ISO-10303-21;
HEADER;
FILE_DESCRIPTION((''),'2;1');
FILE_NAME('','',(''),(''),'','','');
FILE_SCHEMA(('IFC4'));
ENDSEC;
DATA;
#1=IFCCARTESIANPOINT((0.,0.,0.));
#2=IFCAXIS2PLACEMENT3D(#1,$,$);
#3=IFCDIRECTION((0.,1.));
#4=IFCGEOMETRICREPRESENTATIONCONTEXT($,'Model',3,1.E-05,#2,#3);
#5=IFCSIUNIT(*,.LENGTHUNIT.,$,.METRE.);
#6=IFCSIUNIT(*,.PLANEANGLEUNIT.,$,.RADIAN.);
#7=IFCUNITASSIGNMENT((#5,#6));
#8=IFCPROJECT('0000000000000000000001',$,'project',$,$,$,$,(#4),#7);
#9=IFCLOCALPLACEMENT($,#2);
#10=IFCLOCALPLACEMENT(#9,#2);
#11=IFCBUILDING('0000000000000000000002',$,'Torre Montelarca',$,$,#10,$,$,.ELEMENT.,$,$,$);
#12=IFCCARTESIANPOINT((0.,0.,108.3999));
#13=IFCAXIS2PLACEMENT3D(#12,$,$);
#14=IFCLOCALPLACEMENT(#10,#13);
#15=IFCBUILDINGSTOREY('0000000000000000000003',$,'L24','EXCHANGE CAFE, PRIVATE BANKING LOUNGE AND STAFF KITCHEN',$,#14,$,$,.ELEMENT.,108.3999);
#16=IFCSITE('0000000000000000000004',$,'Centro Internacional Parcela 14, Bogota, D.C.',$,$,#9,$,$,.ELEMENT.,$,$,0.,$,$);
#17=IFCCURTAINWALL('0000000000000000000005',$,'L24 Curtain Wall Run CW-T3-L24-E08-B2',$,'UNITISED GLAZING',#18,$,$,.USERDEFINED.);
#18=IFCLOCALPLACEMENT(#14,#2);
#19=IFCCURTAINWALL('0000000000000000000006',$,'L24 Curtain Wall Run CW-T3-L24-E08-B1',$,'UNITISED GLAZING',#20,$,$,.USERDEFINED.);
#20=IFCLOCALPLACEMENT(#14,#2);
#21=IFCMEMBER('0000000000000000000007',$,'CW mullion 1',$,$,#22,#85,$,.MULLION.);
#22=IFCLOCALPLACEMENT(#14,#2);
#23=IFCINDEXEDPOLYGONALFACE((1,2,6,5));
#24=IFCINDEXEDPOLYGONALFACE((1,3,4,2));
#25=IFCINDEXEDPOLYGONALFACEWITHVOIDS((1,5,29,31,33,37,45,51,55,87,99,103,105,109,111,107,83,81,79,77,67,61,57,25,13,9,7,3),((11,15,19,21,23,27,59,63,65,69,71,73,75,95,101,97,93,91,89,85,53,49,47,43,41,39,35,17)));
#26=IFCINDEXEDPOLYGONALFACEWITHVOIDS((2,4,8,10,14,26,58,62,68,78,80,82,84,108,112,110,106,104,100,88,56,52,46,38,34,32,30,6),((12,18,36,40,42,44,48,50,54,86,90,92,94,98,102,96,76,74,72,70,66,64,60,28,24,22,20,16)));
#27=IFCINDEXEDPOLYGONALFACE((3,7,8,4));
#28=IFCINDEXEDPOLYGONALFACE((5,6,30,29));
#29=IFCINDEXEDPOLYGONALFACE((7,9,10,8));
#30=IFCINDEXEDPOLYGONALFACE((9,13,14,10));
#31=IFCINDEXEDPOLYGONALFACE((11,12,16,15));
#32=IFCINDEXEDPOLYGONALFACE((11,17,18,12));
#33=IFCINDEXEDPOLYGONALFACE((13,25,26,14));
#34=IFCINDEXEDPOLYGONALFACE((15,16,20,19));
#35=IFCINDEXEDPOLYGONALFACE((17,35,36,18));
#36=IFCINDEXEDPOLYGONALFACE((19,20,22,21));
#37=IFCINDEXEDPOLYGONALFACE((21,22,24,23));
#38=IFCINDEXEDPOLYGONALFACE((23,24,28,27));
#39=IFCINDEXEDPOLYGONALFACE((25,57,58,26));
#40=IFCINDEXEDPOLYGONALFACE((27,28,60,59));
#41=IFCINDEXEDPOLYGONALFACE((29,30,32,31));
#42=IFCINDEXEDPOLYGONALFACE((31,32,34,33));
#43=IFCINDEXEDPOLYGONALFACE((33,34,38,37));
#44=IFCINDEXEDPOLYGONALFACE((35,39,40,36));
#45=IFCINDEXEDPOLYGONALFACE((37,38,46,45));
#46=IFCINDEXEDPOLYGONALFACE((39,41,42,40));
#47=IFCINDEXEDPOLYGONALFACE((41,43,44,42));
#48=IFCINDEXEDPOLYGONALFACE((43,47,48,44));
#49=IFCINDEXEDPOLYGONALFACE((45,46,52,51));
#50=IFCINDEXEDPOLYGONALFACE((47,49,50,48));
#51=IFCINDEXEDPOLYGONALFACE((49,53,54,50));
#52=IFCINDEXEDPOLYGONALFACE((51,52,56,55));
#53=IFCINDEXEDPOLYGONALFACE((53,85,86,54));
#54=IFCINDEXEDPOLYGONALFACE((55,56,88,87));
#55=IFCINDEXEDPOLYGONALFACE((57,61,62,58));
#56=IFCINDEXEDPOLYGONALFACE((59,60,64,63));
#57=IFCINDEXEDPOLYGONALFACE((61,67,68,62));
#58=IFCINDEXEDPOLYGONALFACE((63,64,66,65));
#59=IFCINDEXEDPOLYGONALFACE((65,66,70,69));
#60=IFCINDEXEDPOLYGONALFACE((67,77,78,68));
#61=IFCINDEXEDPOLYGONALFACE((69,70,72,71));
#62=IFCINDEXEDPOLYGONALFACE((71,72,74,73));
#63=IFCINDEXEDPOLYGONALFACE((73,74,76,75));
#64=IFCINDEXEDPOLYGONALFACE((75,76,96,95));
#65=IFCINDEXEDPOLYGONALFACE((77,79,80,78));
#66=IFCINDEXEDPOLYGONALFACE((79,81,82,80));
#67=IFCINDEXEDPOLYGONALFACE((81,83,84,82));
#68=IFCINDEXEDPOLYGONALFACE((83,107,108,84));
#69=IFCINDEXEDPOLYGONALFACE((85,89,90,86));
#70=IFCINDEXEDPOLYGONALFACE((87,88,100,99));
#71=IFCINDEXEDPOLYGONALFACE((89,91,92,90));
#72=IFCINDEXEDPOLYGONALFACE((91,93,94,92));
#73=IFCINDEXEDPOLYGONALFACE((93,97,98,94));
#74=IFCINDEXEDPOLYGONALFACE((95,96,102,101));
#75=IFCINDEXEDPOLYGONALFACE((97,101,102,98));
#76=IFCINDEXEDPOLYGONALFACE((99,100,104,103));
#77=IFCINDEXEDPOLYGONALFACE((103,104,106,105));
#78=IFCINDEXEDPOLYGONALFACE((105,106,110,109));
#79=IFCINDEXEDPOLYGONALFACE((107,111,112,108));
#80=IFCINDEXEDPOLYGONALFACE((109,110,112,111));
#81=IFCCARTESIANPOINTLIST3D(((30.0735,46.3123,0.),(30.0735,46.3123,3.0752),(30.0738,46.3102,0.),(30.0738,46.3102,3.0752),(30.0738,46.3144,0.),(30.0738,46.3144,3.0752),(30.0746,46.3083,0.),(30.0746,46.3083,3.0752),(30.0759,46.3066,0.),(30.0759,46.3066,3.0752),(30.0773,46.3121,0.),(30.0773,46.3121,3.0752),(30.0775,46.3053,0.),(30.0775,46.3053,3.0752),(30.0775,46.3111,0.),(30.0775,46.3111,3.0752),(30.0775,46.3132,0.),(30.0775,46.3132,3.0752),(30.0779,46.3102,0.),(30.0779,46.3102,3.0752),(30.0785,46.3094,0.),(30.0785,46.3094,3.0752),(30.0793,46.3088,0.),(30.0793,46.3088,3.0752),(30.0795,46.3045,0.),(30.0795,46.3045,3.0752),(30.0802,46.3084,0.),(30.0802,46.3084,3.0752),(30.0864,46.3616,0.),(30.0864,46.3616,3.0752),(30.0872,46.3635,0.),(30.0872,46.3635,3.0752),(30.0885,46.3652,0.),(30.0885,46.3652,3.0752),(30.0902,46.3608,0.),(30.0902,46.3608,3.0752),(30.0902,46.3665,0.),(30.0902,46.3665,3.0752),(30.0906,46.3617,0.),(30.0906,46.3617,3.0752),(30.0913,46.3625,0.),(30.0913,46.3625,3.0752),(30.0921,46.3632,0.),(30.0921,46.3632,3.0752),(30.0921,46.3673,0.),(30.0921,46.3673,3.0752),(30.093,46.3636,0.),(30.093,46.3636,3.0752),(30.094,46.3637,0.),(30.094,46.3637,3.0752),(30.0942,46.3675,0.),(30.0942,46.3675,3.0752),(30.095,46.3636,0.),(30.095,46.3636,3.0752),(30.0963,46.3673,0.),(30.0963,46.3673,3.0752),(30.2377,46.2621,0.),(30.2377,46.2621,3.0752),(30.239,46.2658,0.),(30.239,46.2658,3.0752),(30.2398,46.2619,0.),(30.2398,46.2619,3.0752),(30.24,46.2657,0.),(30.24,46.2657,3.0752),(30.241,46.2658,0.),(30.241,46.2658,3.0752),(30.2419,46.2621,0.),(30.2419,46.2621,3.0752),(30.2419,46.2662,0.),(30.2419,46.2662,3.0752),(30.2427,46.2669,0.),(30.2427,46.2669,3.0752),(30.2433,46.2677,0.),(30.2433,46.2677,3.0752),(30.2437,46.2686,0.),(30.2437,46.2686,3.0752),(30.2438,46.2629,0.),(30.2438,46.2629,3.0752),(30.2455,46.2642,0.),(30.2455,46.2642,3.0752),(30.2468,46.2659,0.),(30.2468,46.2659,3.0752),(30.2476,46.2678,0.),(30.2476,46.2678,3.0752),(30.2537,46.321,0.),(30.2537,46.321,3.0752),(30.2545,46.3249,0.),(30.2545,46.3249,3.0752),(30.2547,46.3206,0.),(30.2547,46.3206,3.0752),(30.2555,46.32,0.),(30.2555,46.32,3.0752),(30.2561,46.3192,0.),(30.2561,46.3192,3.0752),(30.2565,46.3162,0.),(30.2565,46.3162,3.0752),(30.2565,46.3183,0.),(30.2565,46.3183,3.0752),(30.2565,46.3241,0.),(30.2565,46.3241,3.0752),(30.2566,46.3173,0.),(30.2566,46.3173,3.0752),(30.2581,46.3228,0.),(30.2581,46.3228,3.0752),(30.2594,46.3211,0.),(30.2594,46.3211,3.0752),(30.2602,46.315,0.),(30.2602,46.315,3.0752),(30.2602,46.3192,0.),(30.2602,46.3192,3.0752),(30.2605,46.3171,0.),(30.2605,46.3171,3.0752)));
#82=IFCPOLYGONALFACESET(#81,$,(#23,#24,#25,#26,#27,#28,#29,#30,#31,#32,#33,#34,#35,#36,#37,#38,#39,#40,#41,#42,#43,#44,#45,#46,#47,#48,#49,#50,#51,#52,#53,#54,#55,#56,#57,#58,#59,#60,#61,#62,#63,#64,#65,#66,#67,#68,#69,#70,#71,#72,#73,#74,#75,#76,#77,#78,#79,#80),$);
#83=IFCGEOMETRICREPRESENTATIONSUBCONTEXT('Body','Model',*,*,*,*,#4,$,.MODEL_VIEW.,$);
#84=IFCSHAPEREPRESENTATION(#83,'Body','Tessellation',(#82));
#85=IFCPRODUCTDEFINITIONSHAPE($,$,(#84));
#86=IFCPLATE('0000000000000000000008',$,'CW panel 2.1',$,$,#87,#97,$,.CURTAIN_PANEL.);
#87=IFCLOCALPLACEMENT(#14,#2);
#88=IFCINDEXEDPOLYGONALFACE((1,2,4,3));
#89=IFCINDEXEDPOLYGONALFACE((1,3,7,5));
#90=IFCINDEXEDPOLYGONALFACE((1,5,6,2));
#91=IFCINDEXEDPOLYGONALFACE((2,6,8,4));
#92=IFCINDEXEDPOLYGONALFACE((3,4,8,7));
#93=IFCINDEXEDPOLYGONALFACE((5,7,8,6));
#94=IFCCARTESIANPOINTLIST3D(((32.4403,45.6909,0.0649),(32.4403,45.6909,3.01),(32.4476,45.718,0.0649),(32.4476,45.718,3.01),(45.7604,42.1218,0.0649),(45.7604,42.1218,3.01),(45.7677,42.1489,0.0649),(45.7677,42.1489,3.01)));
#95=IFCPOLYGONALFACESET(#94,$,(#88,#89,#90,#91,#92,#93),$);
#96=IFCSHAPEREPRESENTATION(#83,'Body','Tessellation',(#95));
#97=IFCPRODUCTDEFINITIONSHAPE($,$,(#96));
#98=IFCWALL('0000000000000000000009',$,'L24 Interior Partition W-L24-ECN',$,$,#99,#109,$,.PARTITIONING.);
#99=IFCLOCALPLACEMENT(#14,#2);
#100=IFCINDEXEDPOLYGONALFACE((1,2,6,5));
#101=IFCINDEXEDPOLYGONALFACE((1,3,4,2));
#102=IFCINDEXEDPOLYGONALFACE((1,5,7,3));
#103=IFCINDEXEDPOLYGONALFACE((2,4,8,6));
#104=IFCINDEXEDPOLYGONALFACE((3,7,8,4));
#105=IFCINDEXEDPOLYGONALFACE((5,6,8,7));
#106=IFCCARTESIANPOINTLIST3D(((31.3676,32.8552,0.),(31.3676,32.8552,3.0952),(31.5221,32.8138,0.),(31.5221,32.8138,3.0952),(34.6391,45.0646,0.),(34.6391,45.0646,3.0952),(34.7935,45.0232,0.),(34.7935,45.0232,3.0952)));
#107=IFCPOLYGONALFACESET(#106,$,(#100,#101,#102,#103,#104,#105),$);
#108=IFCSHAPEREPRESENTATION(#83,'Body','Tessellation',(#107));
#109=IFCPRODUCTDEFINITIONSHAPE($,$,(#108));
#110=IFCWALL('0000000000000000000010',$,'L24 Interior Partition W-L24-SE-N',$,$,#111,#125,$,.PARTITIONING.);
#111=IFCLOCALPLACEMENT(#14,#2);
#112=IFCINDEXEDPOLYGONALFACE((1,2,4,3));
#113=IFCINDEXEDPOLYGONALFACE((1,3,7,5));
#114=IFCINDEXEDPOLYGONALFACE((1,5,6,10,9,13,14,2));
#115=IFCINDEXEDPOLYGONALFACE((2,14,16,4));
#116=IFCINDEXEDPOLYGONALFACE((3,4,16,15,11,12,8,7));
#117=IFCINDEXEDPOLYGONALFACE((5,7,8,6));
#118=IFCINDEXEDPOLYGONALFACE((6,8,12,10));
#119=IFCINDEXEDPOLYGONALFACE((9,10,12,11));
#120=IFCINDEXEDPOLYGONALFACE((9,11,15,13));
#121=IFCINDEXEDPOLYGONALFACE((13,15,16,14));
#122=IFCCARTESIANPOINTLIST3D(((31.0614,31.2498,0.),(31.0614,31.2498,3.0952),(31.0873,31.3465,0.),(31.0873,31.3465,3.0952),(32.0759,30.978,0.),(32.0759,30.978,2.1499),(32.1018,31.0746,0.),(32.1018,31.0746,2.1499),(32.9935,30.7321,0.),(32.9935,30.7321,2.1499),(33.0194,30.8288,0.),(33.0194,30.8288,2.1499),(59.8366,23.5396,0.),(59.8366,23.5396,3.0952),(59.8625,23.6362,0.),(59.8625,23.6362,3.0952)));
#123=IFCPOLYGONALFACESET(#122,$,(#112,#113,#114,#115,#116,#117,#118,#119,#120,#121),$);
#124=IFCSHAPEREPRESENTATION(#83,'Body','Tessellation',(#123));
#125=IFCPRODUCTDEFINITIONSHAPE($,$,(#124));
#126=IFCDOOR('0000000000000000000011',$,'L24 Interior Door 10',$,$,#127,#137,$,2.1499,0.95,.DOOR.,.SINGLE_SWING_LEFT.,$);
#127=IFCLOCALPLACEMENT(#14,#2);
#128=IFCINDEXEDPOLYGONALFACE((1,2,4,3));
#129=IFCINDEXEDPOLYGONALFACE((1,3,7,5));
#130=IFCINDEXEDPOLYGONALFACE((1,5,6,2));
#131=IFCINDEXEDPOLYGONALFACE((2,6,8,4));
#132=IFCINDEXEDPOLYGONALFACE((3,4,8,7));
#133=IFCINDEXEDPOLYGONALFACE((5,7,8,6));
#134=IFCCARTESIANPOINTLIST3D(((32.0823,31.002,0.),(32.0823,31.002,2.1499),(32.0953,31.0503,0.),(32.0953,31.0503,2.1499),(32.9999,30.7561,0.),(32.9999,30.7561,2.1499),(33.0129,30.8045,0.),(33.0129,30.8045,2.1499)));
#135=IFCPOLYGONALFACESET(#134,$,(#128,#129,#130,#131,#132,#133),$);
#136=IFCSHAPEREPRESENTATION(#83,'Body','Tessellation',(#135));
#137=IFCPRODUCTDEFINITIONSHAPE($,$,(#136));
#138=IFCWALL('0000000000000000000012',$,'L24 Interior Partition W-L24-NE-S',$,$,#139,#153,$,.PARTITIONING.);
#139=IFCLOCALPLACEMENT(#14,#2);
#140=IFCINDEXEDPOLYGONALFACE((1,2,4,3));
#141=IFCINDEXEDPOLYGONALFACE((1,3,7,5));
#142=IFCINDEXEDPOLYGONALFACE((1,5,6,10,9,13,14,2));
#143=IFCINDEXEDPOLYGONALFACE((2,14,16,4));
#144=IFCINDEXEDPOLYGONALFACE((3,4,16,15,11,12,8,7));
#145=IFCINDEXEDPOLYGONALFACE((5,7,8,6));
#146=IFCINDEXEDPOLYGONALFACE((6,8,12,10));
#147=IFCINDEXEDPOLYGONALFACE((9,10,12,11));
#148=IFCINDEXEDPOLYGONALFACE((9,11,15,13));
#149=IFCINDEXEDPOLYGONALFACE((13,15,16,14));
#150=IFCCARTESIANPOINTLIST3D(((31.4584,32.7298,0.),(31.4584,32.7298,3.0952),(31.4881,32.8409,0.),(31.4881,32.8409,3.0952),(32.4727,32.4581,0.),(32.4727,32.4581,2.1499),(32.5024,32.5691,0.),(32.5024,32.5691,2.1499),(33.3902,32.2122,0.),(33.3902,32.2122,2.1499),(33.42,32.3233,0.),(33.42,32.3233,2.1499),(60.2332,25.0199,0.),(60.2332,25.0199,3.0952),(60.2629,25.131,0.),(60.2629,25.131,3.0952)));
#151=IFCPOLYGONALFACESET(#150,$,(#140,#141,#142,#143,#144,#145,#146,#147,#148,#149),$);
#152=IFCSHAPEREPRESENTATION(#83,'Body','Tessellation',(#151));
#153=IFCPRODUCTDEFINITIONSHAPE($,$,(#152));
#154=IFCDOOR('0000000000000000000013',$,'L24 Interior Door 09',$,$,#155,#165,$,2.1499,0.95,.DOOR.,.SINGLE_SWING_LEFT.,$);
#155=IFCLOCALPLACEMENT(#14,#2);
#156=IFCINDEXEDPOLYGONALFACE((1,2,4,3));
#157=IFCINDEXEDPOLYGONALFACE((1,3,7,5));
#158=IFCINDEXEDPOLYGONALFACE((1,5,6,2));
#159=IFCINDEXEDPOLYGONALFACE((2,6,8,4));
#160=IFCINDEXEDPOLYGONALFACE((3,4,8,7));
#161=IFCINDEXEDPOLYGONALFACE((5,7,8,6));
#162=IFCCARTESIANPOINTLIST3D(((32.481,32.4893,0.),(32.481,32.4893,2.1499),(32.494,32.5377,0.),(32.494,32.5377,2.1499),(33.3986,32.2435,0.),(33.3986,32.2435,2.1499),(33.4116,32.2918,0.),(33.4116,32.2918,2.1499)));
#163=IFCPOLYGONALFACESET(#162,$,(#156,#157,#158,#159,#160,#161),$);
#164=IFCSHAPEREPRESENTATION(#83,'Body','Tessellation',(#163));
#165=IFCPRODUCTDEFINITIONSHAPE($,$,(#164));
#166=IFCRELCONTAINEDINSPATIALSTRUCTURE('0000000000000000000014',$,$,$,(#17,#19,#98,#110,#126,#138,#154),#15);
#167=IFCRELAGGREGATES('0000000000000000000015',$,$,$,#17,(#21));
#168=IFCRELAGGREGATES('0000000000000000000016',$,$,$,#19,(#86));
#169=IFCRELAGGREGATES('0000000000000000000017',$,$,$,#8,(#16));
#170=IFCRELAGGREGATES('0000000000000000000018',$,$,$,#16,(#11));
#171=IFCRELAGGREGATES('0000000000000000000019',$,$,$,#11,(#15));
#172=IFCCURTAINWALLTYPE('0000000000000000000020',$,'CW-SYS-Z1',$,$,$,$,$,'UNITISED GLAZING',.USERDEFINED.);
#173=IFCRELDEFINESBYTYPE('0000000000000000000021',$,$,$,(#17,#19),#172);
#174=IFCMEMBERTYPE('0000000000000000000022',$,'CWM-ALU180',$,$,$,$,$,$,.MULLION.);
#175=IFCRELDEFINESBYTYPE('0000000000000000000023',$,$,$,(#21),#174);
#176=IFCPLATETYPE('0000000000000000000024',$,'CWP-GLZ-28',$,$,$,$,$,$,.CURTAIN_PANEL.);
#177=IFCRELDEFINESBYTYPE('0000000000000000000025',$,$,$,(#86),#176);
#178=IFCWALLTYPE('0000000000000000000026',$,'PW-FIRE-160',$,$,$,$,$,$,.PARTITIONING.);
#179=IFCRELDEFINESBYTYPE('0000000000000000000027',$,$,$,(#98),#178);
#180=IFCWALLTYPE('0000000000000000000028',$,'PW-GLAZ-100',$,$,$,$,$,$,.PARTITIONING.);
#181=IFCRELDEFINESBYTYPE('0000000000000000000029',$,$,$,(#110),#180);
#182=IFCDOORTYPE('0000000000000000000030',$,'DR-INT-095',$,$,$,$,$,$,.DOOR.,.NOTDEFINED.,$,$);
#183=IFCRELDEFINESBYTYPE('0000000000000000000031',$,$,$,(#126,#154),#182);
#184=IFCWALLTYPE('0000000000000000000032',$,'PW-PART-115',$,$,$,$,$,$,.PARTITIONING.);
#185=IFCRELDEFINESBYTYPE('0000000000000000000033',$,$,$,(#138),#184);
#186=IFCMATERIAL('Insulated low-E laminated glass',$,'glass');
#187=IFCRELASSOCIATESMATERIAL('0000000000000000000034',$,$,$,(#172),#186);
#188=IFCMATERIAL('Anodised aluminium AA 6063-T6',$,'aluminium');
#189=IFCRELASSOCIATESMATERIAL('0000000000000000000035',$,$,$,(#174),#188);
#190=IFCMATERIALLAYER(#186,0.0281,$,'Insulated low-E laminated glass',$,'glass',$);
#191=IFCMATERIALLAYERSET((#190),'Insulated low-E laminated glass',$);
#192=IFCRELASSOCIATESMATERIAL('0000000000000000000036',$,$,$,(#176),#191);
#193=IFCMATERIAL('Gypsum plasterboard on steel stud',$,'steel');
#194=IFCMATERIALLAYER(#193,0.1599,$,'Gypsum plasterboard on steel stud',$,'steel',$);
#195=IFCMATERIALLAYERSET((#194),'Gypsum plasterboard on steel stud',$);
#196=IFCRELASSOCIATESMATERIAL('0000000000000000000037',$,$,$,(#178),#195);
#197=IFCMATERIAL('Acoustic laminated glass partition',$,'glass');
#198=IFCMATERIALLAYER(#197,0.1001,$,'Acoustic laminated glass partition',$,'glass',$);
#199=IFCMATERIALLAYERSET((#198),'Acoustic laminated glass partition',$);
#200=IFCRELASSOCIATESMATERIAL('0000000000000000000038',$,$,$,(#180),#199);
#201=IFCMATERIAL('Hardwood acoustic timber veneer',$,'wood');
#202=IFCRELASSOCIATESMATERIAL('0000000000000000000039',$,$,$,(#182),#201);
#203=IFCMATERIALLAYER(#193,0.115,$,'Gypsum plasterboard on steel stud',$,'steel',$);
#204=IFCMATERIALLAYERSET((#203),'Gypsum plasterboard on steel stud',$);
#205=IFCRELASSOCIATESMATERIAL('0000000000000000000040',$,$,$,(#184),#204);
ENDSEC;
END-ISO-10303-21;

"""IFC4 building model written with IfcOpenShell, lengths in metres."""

from ifc_helpers import new_model, si_unit, direction, frame, frame_2d, origin, origin_2d, place, context, subcontext, project, spatial, rectangle, hollow_rectangle, extrude, source, transform, mapped, material, layer, layer_set, material_profile, profile_set, type_object, element, fill, aggregate, save


model = new_model("IFC4")

# Units and contexts
model_context = context("Model", 3, precision=1e-05, world=origin(), true_north=direction((0.0, 1.0)))
body_context = subcontext(model_context, "Body", "Model", "MODEL_VIEW")
ifc_project = project(units=[si_unit("LENGTHUNIT", "METRE"), si_unit("PLANEANGLEUNIT", "RADIAN")], contexts=[model_context])

# Site, building, storey
site_placement = place(None, origin())
site = spatial("IfcSite", under=ifc_project, at=site_placement, Name="Centro Internacional Parcela 14, Bogota, D.C.", CompositionType="ELEMENT", RefElevation=0.0)
building_placement = place(site_placement, origin())
building = spatial("IfcBuilding", under=site, at=building_placement, Name="Torre Montelarca", CompositionType="ELEMENT")
storey_placement = place(building_placement, frame((0.0, 0.0, 108.3999)))
storey = spatial("IfcBuildingStorey", under=building, at=storey_placement, Name="L24", Description="EXCHANGE CAFE, PRIVATE BANKING LOUNGE AND STAFF KITCHEN", CompositionType="ELEMENT", Elevation=108.3999)

# Curtain wall
ifc_material_1 = material(Name="Insulated low-E laminated glass", Category="glass")
curtain_wall_type = type_object("IfcCurtainWallType", Name="CW-SYS-Z1", ElementType="UNITISED GLAZING", PredefinedType="USERDEFINED", material=ifc_material_1)
curtain_wall_1_placement = place(storey_placement, origin())
curtain_wall_1 = element("IfcCurtainWall", 1, at=curtain_wall_1_placement, inside=storey, type_object=curtain_wall_type, Name="L24 Curtain Wall Run CW-T3-L24-E08-B2", ObjectType="UNITISED GLAZING", PredefinedType="USERDEFINED")
ifc_material_2 = material(Name="Anodised aluminium AA 6063-T6", Category="aluminium")

# Curtain wall
curtain_wall_2_placement = place(storey_placement, origin())
curtain_wall_2 = element("IfcCurtainWall", 2, at=curtain_wall_2_placement, inside=storey, type_object=curtain_wall_type, Name="L24 Curtain Wall Run CW-T3-L24-E08-B1", ObjectType="UNITISED GLAZING", PredefinedType="USERDEFINED")
ifc_material_profile_1 = material_profile(ifc_material_2, hollow_rectangle(XDim=0.0649, YDim=0.1799, WallThickness=0.0039, InnerFilletRadius=0.0039, OuterFilletRadius=0.0081, at=origin_2d()), Name="ALU65X180X4", Category="aluminium")
ifc_profile_set_1 = profile_set([ifc_material_profile_1], Name="Anodised aluminium AA 6063-T6")
member_type_1 = type_object("IfcMemberType", Name="CWM-ALU180", PredefinedType="MULLION", material=ifc_profile_set_1)
shared_shape_1 = source(origin(), body_context, "Body", "SweptSolid", [
    extrude(hollow_rectangle(XDim=0.0649, YDim=0.1799, WallThickness=0.0039, InnerFilletRadius=0.0039, OuterFilletRadius=0.0081, at=origin_2d()), origin(), (0.0, 0.0, 1.0), 3.0752),
])

# Member
member_1_placement = place(storey_placement, frame((30.167, 46.3147, 0.0), z_axis=(0.0, 0.0, 1.0), x_axis=(-0.258827, -0.965924, 0.0)))
member_1 = element("IfcMember", 3, at=member_1_placement, type_object=member_type_1, Name="CW mullion 1", PredefinedType="MULLION", context=body_context, shape_type="MappedRepresentation", body=[
    mapped(shared_shape_1, transform((0.0, 0.0, 0.0), scale=1.0)),
])
aggregate(curtain_wall_1, [member_1])

# Plate
ifc_layer_1 = layer(ifc_material_1, 0.0281, Name="Insulated low-E laminated glass", Category="glass")
ifc_layer_set_1 = layer_set([ifc_layer_1], Name="Insulated low-E laminated glass")
plate_type = type_object("IfcPlateType", Name="CWP-GLZ-28", PredefinedType="CURTAIN_PANEL", material=ifc_layer_set_1)
shared_shape_2 = source(origin(), body_context, "Body", "SweptSolid", [
    extrude(rectangle(XDim=13.79, YDim=0.0281, at=origin_2d()), origin(), (0.0, 0.0, 1.0), 2.9451),
])
plate_placement = place(storey_placement, frame((39.104, 43.9199, 0.0649), z_axis=(0.0, 0.0, 1.0), x_axis=(-0.965926, 0.25882, 0.0)))
plate = element("IfcPlate", 4, at=plate_placement, type_object=plate_type, Name="CW panel 2.1", PredefinedType="CURTAIN_PANEL", context=body_context, shape_type="MappedRepresentation", body=[
    mapped(shared_shape_2, transform((0.0, 0.0, 0.0), scale=1.0)),
])
aggregate(curtain_wall_2, [plate])

# Wall
ifc_material_3 = material(Name="Gypsum plasterboard on steel stud", Category="steel")
ifc_layer_2 = layer(ifc_material_3, 0.1599, Name="Gypsum plasterboard on steel stud", Category="steel")
ifc_layer_set_2 = layer_set([ifc_layer_2], Name="Gypsum plasterboard on steel stud")
wall_type_1 = type_object("IfcWallType", Name="PW-FIRE-160", PredefinedType="PARTITIONING", material=ifc_layer_set_2)
wall_1_placement = place(storey_placement, frame((31.4448, 32.8345, 0.0), z_axis=(0.0, 0.0, 1.0), x_axis=(0.258817, 0.965926, 0.0)))
element("IfcWall", 5, at=wall_1_placement, inside=storey, type_object=wall_type_1, Name="L24 Interior Partition W-L24-ECN", PredefinedType="PARTITIONING", context=body_context, shape_type="SweptSolid", body=[
    extrude(rectangle(XDim=12.6401, YDim=0.1599, at=frame_2d((6.3201, 0.0))), origin(), (0.0, 0.0, 1.0), 3.0952),
])

# Walls, openings, doors
ifc_material_4 = material(Name="Acoustic laminated glass partition", Category="glass")
ifc_layer_3 = layer(ifc_material_4, 0.1001, Name="Acoustic laminated glass partition", Category="glass")
ifc_layer_set_3 = layer_set([ifc_layer_3], Name="Acoustic laminated glass partition")
wall_type_2 = type_object("IfcWallType", Name="PW-GLAZ-100", PredefinedType="PARTITIONING", material=ifc_layer_set_3)
wall_2_placement = place(storey_placement, frame((31.0745, 31.2981, 0.0), z_axis=(0.0, 0.0, 1.0), x_axis=(0.965926, -0.258817, 0.0)))
wall_2 = element("IfcWall", 6, at=wall_2_placement, inside=storey, type_object=wall_type_2, Name="L24 Interior Partition W-L24-SE-N", PredefinedType="PARTITIONING", context=body_context, shape_type="SweptSolid", body=[
    extrude(rectangle(XDim=29.7903, YDim=0.1001, at=frame_2d((14.895, 0.0))), origin(), (0.0, 0.0, 1.0), 3.0952),
])
opening_1_placement = place(wall_2_placement, frame((1.05, 0.0, 0.0)))
opening_1 = element("IfcOpeningElement", 7, at=opening_1_placement, cuts=wall_2, PredefinedType="OPENING", context=body_context, shape_type="SweptSolid", body=[
    extrude(rectangle(XDim=0.95, YDim=2.1499, at=frame_2d((0.4751, 1.075))), frame((0.0, 0.0601, 0.0), z_axis=(0.0, -1.0, 0.0), x_axis=(1.0, 0.0, 0.0)), (0.0, 0.0, 1.0), 0.1201),
])
ifc_material_5 = material(Name="Hardwood acoustic timber veneer", Category="wood")
door_type = type_object("IfcDoorType", Name="DR-INT-095", OperationType="NOTDEFINED", PredefinedType="DOOR", material=ifc_material_5)
shared_shape_3 = source(origin(), body_context, "Body", "SweptSolid", [
    extrude(rectangle(XDim=0.95, YDim=2.1499, at=frame_2d((0.4751, 1.075))), frame((0.0, 0.0249, 0.0), z_axis=(0.0, -1.0, 0.0), x_axis=(1.0, 0.0, 0.0)), (0.0, 0.0, 1.0), 0.05),
])
door_1_placement = place(opening_1_placement, origin())
door_1 = element("IfcDoor", 8, at=door_1_placement, inside=storey, type_object=door_type, Name="L24 Interior Door 10", OperationType="SINGLE_SWING_LEFT", OverallHeight=2.1499, OverallWidth=0.95, PredefinedType="DOOR", context=body_context, shape_type="MappedRepresentation", body=[
    mapped(shared_shape_3, transform((0.0, 0.0, 0.0), scale=1.0)),
])
fill(opening_1, door_1)
ifc_layer_4 = layer(ifc_material_3, 0.115, Name="Gypsum plasterboard on steel stud", Category="steel")
ifc_layer_set_4 = layer_set([ifc_layer_4], Name="Gypsum plasterboard on steel stud")
wall_type_3 = type_object("IfcWallType", Name="PW-PART-115", PredefinedType="PARTITIONING", material=ifc_layer_set_4)
wall_3_placement = place(storey_placement, frame((31.4731, 32.7854, 0.0), z_axis=(0.0, 0.0, 1.0), x_axis=(0.965928, -0.258811, 0.0)))
wall_3 = element("IfcWall", 9, at=wall_3_placement, inside=storey, type_object=wall_type_3, Name="L24 Interior Partition W-L24-NE-S", PredefinedType="PARTITIONING", context=body_context, shape_type="SweptSolid", body=[
    extrude(rectangle(XDim=29.7898, YDim=0.115, at=frame_2d((14.895, 0.0))), origin(), (0.0, 0.0, 1.0), 3.0952),
])
opening_2_placement = place(wall_3_placement, frame((1.05, 0.0, 0.0)))
opening_2 = element("IfcOpeningElement", 10, at=opening_2_placement, cuts=wall_3, PredefinedType="OPENING", context=body_context, shape_type="SweptSolid", body=[
    extrude(rectangle(XDim=0.95, YDim=2.1499, at=frame_2d((0.4751, 1.075))), frame((0.0, 0.0674, 0.0), z_axis=(0.0, -1.0, 0.0), x_axis=(1.0, 0.0, 0.0)), (0.0, 0.0, 1.0), 0.135),
])
door_2_placement = place(opening_2_placement, origin())
door_2 = element("IfcDoor", 11, at=door_2_placement, inside=storey, type_object=door_type, Name="L24 Interior Door 09", OperationType="SINGLE_SWING_LEFT", OverallHeight=2.1499, OverallWidth=0.95, PredefinedType="DOOR", context=body_context, shape_type="MappedRepresentation", body=[
    mapped(shared_shape_3, transform((0.0, 0.0, 0.0), scale=1.0)),
])
fill(opening_2, door_2)

save(model, "model.ifc")
